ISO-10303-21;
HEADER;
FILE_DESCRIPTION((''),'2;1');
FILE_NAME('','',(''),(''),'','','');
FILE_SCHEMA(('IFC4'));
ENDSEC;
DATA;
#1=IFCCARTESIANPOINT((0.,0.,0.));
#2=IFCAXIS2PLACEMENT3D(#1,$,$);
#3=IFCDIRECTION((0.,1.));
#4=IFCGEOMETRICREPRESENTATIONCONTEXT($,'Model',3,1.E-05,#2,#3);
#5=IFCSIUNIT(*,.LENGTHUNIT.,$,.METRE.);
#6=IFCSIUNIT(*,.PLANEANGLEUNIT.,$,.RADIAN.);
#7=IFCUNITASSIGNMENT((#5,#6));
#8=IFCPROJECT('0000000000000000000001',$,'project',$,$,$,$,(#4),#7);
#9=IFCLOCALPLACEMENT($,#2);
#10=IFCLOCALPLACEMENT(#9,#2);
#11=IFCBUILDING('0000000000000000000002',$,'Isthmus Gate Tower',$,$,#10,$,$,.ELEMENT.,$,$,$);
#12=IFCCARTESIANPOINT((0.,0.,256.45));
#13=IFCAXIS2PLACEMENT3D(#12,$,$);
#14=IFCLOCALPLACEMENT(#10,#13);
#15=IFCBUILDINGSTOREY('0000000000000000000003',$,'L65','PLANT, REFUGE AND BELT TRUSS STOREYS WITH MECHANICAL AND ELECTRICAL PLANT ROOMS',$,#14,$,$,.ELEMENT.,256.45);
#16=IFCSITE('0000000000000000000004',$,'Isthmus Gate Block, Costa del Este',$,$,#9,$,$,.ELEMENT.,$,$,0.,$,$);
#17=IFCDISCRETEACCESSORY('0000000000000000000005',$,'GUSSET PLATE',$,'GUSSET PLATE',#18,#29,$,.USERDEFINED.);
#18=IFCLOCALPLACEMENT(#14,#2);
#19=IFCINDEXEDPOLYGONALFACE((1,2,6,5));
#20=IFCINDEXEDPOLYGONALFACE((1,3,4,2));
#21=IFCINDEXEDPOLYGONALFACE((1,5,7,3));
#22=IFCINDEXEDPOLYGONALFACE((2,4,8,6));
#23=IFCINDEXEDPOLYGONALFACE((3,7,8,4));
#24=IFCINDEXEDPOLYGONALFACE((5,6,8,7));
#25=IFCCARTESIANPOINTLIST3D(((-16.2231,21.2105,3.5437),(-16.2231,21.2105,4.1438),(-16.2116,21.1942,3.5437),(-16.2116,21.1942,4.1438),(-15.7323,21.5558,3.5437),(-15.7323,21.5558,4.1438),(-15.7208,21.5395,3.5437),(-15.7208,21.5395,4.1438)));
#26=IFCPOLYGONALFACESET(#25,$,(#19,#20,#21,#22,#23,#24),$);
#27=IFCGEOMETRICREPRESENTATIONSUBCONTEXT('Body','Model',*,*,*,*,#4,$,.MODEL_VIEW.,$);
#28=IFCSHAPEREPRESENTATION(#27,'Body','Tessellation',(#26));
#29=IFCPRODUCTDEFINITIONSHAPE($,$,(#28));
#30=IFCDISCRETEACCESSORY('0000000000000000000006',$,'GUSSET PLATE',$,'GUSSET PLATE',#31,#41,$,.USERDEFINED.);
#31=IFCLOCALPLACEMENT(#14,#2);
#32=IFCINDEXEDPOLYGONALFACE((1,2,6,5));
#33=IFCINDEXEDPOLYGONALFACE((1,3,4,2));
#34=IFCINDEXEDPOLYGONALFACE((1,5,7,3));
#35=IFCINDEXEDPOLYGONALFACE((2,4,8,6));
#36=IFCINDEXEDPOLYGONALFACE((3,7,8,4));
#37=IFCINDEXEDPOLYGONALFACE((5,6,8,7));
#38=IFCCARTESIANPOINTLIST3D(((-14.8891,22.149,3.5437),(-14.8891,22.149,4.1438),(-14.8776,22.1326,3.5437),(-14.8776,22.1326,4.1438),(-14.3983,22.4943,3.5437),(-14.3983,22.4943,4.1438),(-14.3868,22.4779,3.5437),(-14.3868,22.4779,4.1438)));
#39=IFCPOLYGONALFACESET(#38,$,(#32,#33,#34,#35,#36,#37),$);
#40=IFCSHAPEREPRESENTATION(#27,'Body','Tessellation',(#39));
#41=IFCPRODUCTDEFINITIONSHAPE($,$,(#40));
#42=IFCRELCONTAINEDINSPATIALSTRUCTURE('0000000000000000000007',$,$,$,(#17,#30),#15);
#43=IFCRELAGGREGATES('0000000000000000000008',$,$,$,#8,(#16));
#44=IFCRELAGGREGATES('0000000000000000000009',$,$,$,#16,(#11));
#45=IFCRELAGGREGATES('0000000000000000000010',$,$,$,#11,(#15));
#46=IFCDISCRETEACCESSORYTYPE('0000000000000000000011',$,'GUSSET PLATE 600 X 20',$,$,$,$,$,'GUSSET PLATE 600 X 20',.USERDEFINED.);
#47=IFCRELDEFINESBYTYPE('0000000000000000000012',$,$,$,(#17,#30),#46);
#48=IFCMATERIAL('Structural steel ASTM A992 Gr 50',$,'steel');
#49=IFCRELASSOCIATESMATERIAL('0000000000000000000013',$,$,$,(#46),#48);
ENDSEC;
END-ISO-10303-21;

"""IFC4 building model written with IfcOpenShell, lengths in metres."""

from ifc_helpers import new_model, si_unit, direction, frame, origin, origin_2d, place, context, subcontext, project, spatial, rectangle, extrude, material, type_object, element, save


model = new_model("IFC4")

# Units and contexts
model_context = context("Model", 3, precision=1e-05, world=origin(), true_north=direction((0.0, 1.0)))
body_context = subcontext(model_context, "Body", "Model", "MODEL_VIEW")
ifc_project = project(units=[si_unit("LENGTHUNIT", "METRE"), si_unit("PLANEANGLEUNIT", "RADIAN")], contexts=[model_context])

# Site, building, storey
site_placement = place(None, origin())
site = spatial("IfcSite", under=ifc_project, at=site_placement, Name="Isthmus Gate Block, Costa del Este", CompositionType="ELEMENT", RefElevation=0.0)
building_placement = place(site_placement, origin())
building = spatial("IfcBuilding", under=site, at=building_placement, Name="Isthmus Gate Tower", CompositionType="ELEMENT")
storey_placement = place(building_placement, frame((0.0, 0.0, 256.45)))
storey = spatial("IfcBuildingStorey", under=building, at=storey_placement, Name="L65", Description="PLANT, REFUGE AND BELT TRUSS STOREYS WITH MECHANICAL AND ELECTRICAL PLANT ROOMS", CompositionType="ELEMENT", Elevation=256.45)

# Discrete accessories
ifc_material_1 = material(Name="Structural steel ASTM A992 Gr 50", Category="steel")
discrete_accessory_type_1 = type_object("IfcDiscreteAccessoryType", Name="GUSSET PLATE 600 X 20", ElementType="GUSSET PLATE 600 X 20", PredefinedType="USERDEFINED", material=ifc_material_1)
for number, where, z_axis, x_axis, name in (
    (1, (-15.9719, 21.375, 3.5437), (0.0, 0.0, 1.0), (-0.81786, -0.575418, 0.0), "GUSSET PLATE"),
    (2, (-14.6379, 22.3135, 3.5437), (0.0, 0.0, 1.0), (0.81786, 0.575418, 0.0), "GUSSET PLATE"),
):
    element("IfcDiscreteAccessory", number, at=place(storey_placement, frame(where, z_axis=z_axis, x_axis=x_axis)), inside=storey, type_object=discrete_accessory_type_1, Name=name, ObjectType="GUSSET PLATE", PredefinedType="USERDEFINED", context=body_context, shape_type="SweptSolid", body=[
        extrude(rectangle(XDim=0.6001, YDim=0.02, at=origin_2d()), origin(), (0.0, 0.0, 1.0), 0.6001),
    ])

save(model, "model.ifc")
